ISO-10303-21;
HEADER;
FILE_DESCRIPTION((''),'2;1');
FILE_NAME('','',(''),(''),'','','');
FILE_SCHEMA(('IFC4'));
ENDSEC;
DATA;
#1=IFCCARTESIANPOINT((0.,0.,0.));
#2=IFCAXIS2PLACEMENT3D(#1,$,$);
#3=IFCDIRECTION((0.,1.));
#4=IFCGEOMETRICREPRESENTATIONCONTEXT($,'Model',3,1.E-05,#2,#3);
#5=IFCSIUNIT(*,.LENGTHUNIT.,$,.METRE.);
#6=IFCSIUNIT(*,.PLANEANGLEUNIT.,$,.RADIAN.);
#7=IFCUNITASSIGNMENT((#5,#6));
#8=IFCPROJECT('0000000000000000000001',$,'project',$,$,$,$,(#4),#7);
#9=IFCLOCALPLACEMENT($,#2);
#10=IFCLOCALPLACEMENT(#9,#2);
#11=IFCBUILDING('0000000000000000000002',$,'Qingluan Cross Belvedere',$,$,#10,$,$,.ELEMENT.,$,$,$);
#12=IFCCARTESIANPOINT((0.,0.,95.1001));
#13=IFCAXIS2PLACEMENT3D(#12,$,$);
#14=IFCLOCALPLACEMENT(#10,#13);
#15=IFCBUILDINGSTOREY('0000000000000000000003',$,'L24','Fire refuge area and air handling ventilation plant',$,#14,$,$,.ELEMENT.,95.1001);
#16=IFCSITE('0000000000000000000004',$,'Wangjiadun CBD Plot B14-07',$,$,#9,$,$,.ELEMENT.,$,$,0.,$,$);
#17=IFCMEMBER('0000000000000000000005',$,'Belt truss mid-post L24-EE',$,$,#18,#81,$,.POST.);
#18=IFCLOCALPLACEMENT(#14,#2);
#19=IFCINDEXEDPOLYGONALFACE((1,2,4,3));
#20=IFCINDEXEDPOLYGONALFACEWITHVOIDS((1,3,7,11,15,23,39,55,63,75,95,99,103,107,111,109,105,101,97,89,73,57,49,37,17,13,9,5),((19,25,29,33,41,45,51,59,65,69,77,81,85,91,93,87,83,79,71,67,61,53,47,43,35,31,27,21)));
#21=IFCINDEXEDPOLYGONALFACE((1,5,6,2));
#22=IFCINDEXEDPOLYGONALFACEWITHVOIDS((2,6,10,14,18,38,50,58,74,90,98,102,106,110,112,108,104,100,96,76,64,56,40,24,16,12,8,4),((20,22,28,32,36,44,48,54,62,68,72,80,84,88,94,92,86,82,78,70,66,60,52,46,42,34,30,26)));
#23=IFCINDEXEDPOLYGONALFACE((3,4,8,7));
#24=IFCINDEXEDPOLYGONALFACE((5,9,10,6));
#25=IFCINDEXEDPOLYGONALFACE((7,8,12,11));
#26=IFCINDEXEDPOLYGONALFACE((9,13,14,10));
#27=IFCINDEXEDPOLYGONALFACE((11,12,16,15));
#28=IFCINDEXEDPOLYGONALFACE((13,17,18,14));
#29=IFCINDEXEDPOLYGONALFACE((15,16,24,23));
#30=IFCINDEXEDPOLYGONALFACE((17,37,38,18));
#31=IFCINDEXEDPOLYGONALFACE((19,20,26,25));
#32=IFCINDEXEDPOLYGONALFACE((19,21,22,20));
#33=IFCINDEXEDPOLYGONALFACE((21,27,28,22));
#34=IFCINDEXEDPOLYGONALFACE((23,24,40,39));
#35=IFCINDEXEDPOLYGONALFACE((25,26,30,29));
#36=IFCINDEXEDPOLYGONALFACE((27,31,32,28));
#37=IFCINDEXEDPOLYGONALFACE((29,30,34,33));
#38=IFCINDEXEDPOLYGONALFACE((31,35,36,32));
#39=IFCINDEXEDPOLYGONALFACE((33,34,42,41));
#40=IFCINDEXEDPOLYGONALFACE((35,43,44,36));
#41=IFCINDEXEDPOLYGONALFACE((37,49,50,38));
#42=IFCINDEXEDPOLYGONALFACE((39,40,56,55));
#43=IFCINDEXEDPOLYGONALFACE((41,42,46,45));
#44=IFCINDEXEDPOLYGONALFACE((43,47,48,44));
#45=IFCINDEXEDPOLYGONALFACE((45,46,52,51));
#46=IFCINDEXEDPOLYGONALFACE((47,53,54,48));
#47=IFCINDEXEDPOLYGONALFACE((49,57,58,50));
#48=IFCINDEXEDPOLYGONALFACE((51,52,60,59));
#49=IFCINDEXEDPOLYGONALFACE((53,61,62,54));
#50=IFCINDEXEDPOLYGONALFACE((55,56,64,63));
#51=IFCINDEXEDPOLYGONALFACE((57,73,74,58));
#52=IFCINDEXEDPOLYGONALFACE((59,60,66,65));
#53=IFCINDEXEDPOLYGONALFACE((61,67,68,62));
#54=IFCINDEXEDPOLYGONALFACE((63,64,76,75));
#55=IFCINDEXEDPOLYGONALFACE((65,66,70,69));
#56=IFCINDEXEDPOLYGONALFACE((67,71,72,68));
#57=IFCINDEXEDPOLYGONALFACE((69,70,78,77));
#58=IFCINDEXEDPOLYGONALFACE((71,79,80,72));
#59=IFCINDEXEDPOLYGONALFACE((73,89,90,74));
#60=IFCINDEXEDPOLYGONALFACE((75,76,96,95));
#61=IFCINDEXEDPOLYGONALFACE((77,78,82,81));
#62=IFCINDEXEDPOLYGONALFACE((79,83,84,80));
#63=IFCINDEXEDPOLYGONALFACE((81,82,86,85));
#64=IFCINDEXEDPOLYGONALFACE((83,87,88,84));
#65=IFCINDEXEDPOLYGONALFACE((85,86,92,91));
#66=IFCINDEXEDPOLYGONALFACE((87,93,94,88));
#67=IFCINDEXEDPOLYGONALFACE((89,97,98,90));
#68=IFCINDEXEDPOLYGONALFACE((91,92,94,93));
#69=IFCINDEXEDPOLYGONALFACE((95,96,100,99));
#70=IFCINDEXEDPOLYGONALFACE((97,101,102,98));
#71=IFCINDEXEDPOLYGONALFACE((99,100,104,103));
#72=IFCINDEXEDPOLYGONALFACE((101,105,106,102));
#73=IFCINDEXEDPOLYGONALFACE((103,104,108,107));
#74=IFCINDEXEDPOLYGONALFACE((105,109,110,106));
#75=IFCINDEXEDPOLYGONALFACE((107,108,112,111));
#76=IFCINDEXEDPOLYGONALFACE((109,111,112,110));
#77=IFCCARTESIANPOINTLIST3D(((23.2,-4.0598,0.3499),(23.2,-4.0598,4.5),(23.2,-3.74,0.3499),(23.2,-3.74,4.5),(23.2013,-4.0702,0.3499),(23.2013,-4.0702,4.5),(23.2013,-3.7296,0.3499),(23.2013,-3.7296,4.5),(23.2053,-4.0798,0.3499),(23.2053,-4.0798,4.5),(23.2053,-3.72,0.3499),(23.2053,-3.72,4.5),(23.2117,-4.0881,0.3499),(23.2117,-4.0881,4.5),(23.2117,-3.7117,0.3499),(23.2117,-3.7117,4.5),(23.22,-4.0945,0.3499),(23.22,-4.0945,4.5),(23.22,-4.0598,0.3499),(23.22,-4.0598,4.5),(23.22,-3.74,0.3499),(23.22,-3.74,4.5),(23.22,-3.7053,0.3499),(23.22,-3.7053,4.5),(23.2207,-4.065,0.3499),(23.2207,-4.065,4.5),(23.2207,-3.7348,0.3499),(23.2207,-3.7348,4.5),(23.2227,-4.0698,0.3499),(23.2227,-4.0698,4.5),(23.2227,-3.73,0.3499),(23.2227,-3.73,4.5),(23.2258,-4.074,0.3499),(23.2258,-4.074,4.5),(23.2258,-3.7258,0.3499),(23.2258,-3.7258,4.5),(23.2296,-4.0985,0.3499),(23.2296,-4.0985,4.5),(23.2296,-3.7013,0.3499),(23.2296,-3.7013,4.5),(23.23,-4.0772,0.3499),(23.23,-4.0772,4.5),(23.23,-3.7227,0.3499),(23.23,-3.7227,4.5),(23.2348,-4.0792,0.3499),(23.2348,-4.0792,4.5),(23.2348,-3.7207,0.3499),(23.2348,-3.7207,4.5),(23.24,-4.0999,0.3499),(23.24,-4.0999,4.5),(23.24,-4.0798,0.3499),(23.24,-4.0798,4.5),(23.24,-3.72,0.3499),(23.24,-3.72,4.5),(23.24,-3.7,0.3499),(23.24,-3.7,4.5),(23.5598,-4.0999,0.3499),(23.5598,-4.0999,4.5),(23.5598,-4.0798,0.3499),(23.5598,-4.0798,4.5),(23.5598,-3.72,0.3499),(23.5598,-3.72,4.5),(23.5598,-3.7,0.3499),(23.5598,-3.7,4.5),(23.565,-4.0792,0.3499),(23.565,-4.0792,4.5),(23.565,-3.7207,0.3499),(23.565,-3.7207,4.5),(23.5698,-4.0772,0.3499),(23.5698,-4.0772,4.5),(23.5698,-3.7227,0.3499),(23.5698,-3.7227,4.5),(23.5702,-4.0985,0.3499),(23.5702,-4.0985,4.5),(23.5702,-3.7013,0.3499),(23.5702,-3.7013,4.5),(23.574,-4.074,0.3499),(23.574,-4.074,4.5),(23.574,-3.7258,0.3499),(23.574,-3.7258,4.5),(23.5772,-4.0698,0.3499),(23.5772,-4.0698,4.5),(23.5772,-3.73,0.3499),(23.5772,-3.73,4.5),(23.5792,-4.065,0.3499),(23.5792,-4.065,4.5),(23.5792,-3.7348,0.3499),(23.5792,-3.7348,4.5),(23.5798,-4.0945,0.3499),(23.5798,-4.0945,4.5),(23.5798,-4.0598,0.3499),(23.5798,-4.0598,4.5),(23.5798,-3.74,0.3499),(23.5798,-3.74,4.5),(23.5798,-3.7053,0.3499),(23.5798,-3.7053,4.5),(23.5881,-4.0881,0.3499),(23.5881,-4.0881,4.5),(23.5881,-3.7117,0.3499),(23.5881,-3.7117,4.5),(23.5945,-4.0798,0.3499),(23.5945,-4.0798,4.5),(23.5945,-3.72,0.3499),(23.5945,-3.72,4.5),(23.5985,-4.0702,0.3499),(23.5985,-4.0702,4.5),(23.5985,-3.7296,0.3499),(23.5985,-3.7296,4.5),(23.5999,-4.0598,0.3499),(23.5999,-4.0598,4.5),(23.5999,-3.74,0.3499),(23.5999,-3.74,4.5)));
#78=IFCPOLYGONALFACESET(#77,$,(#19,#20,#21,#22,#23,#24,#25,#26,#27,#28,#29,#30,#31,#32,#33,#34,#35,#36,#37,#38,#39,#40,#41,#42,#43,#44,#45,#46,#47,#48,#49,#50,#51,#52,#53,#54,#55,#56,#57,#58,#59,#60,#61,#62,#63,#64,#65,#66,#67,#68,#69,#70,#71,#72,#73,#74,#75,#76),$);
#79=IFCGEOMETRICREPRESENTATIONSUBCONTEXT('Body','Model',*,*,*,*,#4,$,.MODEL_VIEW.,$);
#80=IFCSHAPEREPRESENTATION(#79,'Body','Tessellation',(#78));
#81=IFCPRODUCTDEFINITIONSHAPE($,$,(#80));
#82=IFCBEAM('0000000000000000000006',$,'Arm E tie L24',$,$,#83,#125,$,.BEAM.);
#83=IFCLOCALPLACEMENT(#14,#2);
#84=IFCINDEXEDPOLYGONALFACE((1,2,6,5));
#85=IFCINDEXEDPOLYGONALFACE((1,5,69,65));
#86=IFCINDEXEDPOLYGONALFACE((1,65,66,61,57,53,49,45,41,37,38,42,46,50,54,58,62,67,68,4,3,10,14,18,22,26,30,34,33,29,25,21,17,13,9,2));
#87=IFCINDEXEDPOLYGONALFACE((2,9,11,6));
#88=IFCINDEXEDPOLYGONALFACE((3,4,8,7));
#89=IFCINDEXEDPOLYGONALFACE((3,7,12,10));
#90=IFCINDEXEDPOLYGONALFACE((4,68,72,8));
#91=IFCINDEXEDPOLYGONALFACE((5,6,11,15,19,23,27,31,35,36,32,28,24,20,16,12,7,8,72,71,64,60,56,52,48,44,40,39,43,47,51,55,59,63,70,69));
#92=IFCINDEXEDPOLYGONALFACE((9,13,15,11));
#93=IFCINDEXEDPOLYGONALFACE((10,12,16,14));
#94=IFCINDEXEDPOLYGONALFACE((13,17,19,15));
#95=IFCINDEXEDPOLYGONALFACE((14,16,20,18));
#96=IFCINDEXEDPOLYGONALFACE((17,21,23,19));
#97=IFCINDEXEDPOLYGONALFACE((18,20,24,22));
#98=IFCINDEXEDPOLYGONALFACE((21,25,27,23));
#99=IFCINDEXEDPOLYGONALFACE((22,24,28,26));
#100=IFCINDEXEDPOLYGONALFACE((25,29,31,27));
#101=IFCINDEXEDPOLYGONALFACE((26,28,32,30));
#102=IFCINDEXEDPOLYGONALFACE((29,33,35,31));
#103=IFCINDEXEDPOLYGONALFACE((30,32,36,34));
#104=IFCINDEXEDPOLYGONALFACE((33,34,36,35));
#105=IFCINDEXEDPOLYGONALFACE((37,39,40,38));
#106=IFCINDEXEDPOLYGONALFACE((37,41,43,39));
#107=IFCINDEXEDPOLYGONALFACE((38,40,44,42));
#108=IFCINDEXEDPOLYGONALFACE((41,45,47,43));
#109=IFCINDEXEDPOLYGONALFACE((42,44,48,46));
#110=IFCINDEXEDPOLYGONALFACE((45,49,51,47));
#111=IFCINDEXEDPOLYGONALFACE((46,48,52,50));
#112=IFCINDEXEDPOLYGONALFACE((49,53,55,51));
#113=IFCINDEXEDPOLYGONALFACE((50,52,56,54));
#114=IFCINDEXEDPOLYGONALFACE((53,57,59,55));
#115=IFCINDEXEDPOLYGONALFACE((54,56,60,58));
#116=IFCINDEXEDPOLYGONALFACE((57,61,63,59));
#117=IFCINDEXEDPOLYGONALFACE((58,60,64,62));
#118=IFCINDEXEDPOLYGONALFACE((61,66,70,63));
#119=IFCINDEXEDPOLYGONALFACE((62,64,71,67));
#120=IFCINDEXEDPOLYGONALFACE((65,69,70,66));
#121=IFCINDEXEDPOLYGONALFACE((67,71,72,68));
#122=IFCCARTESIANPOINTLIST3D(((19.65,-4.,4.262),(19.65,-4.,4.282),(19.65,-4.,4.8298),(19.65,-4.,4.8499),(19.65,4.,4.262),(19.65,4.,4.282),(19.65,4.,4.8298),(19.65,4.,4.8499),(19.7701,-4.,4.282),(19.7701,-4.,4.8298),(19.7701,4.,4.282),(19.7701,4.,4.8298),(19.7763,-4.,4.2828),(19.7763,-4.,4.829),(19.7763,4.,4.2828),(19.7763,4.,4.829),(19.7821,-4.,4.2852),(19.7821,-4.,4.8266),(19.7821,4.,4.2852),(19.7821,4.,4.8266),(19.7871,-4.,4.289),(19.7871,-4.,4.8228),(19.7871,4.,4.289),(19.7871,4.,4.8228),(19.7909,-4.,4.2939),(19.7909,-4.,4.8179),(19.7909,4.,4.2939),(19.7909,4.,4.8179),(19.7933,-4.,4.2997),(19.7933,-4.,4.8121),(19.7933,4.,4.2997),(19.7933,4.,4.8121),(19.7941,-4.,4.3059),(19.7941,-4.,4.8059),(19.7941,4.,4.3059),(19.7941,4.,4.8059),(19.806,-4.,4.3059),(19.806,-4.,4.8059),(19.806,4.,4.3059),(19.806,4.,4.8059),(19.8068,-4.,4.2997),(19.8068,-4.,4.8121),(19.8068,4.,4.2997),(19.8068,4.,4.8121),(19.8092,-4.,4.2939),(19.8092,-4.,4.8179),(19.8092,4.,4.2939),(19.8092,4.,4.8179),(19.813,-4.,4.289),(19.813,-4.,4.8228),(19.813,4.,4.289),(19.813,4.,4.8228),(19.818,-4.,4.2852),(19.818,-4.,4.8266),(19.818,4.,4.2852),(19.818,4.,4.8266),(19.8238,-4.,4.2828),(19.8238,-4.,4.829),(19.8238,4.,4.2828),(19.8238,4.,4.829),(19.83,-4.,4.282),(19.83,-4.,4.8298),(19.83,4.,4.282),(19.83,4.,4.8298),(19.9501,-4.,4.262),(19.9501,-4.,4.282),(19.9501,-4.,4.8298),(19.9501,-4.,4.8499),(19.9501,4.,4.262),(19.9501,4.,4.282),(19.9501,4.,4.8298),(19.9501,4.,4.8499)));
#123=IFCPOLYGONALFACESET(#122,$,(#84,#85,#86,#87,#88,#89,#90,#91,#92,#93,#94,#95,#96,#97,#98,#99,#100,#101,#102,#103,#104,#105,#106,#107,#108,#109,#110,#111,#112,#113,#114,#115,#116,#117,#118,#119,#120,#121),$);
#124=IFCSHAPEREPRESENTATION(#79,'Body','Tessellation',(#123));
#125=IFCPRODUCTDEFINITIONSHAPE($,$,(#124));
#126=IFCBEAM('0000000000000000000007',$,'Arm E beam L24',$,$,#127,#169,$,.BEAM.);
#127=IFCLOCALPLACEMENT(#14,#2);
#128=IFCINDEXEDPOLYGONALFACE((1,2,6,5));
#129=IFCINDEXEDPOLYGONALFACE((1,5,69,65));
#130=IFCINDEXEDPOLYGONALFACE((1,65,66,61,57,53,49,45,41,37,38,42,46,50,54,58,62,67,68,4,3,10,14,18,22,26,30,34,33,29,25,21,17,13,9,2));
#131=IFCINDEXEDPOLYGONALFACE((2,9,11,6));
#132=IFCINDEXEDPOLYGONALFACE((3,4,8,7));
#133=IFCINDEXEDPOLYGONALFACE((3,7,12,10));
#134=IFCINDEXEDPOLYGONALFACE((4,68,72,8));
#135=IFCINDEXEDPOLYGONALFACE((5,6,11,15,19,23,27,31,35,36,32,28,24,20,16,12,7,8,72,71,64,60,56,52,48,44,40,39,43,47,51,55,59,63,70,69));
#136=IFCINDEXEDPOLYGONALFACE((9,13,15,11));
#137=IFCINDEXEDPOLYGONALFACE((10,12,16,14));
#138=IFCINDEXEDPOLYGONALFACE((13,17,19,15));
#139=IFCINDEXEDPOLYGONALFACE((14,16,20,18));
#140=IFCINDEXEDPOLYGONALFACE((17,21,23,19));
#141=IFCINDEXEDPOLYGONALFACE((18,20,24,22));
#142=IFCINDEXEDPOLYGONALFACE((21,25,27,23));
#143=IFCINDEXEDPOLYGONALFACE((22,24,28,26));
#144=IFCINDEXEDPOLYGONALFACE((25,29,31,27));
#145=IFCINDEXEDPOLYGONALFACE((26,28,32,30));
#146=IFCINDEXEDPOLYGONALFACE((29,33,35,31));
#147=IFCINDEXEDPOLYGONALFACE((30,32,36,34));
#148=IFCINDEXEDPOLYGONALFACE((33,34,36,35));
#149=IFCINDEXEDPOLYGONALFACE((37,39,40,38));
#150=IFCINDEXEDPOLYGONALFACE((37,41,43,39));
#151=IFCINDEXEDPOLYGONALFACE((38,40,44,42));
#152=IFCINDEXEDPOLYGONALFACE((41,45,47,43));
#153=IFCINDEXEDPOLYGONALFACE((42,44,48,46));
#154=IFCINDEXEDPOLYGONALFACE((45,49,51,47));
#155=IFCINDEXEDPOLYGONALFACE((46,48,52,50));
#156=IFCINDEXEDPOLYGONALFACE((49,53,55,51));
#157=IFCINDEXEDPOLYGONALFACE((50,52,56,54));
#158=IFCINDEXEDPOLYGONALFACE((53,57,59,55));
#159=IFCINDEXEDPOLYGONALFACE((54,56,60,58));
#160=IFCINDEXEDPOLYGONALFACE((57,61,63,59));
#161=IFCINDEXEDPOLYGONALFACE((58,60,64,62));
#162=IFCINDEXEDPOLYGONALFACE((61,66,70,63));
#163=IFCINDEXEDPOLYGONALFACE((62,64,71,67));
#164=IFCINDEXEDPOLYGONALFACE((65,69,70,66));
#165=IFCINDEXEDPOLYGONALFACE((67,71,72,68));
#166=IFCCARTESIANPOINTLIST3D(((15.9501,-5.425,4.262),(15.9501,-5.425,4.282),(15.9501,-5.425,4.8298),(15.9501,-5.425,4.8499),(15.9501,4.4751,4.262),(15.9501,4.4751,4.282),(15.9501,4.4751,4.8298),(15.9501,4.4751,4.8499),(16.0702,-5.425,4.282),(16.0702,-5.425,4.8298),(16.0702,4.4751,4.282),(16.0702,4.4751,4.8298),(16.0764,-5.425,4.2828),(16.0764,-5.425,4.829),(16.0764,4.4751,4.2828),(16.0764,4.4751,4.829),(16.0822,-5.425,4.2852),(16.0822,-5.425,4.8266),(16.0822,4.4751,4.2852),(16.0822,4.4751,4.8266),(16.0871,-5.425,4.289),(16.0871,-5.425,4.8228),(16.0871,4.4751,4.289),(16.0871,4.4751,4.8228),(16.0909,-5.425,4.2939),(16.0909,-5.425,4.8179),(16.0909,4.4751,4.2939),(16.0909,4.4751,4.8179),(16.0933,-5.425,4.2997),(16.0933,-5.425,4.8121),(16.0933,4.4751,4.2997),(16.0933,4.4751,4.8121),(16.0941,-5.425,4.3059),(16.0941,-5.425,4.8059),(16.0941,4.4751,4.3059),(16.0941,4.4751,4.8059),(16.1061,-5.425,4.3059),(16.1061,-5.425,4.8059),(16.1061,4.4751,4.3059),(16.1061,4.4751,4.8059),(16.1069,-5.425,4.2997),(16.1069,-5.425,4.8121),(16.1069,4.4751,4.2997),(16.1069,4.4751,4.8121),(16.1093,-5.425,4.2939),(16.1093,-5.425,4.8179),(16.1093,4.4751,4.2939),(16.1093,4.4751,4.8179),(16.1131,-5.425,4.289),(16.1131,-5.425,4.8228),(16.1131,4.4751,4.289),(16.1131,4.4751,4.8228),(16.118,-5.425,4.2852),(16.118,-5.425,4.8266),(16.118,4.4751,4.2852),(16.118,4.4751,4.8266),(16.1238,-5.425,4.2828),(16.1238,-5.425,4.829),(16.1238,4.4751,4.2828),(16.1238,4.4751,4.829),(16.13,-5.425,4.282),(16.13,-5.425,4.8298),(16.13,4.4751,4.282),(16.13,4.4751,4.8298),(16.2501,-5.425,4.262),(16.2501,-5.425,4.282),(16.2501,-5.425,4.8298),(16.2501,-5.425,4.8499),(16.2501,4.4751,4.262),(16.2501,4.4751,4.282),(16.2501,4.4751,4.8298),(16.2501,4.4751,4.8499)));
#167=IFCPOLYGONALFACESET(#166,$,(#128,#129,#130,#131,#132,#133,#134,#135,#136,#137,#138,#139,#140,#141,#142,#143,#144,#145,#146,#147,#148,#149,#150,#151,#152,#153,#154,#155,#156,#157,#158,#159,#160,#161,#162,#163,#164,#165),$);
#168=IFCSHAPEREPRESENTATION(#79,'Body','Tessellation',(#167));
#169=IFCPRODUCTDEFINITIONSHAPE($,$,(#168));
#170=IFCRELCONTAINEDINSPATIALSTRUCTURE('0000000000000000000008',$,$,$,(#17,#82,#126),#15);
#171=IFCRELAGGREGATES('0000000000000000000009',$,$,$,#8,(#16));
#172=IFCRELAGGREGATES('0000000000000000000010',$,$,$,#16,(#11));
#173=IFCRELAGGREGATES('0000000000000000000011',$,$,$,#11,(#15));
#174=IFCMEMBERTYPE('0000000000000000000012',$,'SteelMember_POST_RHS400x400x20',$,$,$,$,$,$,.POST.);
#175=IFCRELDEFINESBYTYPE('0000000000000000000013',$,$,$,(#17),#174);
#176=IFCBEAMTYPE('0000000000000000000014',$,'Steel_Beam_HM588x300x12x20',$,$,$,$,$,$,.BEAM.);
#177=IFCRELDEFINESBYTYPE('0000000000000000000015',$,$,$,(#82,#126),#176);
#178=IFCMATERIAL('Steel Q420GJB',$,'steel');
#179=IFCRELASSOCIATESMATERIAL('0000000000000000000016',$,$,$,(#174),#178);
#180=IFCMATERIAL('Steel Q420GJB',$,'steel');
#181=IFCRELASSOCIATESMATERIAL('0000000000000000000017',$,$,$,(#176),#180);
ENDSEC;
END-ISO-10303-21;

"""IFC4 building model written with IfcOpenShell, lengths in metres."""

from ifc_helpers import new_model, si_unit, direction, frame, origin, origin_2d, place, context, subcontext, project, spatial, hollow_rectangle, i_section, extrude, material, material_profile, profile_set, type_object, element, save


model = new_model("IFC4")

# Units and contexts
model_context = context("Model", 3, precision=1e-05, world=origin(), true_north=direction((0.0, 1.0)))
body_context = subcontext(model_context, "Body", "Model", "MODEL_VIEW")
ifc_project = project(units=[si_unit("LENGTHUNIT", "METRE"), si_unit("PLANEANGLEUNIT", "RADIAN")], contexts=[model_context])

# Site, building, storey
site_placement = place(None, origin())
site = spatial("IfcSite", under=ifc_project, at=site_placement, Name="Wangjiadun CBD Plot B14-07", CompositionType="ELEMENT", RefElevation=0.0)
building_placement = place(site_placement, origin())
building = spatial("IfcBuilding", under=site, at=building_placement, Name="Qingluan Cross Belvedere", CompositionType="ELEMENT")
storey_placement = place(building_placement, frame((0.0, 0.0, 95.1001)))
storey = spatial("IfcBuildingStorey", under=building, at=storey_placement, Name="L24", Description="Fire refuge area and air handling ventilation plant", CompositionType="ELEMENT", Elevation=95.1001)

# Member
ifc_material_1 = material(Name="Steel Q420GJB", Category="steel")
ifc_material_profile_1 = material_profile(ifc_material_1, hollow_rectangle(XDim=0.3999, YDim=0.3999, WallThickness=0.02, InnerFilletRadius=0.02, OuterFilletRadius=0.04, at=origin_2d()), Name="RHS400x400x20")
ifc_profile_set_1 = profile_set([ifc_material_profile_1], Name="Steel Q420GJB")
member_type_1 = type_object("IfcMemberType", Name="SteelMember_POST_RHS400x400x20", PredefinedType="POST", material=ifc_profile_set_1)
member_1_placement = place(storey_placement, frame((23.3999, -3.8999, 0.3499), z_axis=(0.0, 0.0, 1.0), x_axis=(1.0, 0.0, 0.0)))
element("IfcMember", 1, at=member_1_placement, inside=storey, type_object=member_type_1, Name="Belt truss mid-post L24-EE", PredefinedType="POST", context=body_context, shape_type="SweptSolid", body=[
    extrude(hollow_rectangle(XDim=0.3999, YDim=0.3999, WallThickness=0.02, InnerFilletRadius=0.02, OuterFilletRadius=0.04, at=origin_2d()), origin(), (0.0, 0.0, 1.0), 4.1501),
])

# Beams
ifc_material_2 = material(Name="Steel Q420GJB", Category="steel")
ifc_material_profile_2 = material_profile(ifc_material_2, i_section(OverallWidth=0.3, OverallDepth=0.5879, WebThickness=0.012, FlangeThickness=0.02, FilletRadius=0.0239, at=origin_2d()), Name="HM588x300x12x20")
ifc_profile_set_2 = profile_set([ifc_material_profile_2], Name="Steel Q420GJB")
beam_type_1 = type_object("IfcBeamType", Name="Steel_Beam_HM588x300x12x20", PredefinedType="BEAM", material=ifc_profile_set_2)
beam_1_placement = place(storey_placement, frame((19.8, -4.0, 4.5559), z_axis=(0.0, 1.0, 0.0), x_axis=(-1.0, 0.0, 0.0)))
element("IfcBeam", 2, at=beam_1_placement, inside=storey, type_object=beam_type_1, Name="Arm E tie L24", PredefinedType="BEAM", context=body_context, shape_type="SweptSolid", body=[
    extrude(i_section(OverallWidth=0.3, OverallDepth=0.5879, WebThickness=0.012, FlangeThickness=0.02, FilletRadius=0.0239, at=origin_2d()), origin(), (0.0, 0.0, 1.0), 8.0),
])
beam_2_placement = place(storey_placement, frame((16.1001, -5.425, 4.5559), z_axis=(0.0, 1.0, 0.0), x_axis=(-1.0, 0.0, 0.0)))
element("IfcBeam", 3, at=beam_2_placement, inside=storey, type_object=beam_type_1, Name="Arm E beam L24", PredefinedType="BEAM", context=body_context, shape_type="SweptSolid", body=[
    extrude(i_section(OverallWidth=0.3, OverallDepth=0.5879, WebThickness=0.012, FlangeThickness=0.02, FilletRadius=0.0239, at=origin_2d()), origin(), (0.0, 0.0, 1.0), 9.9001),
])

save(model, "model.ifc")
